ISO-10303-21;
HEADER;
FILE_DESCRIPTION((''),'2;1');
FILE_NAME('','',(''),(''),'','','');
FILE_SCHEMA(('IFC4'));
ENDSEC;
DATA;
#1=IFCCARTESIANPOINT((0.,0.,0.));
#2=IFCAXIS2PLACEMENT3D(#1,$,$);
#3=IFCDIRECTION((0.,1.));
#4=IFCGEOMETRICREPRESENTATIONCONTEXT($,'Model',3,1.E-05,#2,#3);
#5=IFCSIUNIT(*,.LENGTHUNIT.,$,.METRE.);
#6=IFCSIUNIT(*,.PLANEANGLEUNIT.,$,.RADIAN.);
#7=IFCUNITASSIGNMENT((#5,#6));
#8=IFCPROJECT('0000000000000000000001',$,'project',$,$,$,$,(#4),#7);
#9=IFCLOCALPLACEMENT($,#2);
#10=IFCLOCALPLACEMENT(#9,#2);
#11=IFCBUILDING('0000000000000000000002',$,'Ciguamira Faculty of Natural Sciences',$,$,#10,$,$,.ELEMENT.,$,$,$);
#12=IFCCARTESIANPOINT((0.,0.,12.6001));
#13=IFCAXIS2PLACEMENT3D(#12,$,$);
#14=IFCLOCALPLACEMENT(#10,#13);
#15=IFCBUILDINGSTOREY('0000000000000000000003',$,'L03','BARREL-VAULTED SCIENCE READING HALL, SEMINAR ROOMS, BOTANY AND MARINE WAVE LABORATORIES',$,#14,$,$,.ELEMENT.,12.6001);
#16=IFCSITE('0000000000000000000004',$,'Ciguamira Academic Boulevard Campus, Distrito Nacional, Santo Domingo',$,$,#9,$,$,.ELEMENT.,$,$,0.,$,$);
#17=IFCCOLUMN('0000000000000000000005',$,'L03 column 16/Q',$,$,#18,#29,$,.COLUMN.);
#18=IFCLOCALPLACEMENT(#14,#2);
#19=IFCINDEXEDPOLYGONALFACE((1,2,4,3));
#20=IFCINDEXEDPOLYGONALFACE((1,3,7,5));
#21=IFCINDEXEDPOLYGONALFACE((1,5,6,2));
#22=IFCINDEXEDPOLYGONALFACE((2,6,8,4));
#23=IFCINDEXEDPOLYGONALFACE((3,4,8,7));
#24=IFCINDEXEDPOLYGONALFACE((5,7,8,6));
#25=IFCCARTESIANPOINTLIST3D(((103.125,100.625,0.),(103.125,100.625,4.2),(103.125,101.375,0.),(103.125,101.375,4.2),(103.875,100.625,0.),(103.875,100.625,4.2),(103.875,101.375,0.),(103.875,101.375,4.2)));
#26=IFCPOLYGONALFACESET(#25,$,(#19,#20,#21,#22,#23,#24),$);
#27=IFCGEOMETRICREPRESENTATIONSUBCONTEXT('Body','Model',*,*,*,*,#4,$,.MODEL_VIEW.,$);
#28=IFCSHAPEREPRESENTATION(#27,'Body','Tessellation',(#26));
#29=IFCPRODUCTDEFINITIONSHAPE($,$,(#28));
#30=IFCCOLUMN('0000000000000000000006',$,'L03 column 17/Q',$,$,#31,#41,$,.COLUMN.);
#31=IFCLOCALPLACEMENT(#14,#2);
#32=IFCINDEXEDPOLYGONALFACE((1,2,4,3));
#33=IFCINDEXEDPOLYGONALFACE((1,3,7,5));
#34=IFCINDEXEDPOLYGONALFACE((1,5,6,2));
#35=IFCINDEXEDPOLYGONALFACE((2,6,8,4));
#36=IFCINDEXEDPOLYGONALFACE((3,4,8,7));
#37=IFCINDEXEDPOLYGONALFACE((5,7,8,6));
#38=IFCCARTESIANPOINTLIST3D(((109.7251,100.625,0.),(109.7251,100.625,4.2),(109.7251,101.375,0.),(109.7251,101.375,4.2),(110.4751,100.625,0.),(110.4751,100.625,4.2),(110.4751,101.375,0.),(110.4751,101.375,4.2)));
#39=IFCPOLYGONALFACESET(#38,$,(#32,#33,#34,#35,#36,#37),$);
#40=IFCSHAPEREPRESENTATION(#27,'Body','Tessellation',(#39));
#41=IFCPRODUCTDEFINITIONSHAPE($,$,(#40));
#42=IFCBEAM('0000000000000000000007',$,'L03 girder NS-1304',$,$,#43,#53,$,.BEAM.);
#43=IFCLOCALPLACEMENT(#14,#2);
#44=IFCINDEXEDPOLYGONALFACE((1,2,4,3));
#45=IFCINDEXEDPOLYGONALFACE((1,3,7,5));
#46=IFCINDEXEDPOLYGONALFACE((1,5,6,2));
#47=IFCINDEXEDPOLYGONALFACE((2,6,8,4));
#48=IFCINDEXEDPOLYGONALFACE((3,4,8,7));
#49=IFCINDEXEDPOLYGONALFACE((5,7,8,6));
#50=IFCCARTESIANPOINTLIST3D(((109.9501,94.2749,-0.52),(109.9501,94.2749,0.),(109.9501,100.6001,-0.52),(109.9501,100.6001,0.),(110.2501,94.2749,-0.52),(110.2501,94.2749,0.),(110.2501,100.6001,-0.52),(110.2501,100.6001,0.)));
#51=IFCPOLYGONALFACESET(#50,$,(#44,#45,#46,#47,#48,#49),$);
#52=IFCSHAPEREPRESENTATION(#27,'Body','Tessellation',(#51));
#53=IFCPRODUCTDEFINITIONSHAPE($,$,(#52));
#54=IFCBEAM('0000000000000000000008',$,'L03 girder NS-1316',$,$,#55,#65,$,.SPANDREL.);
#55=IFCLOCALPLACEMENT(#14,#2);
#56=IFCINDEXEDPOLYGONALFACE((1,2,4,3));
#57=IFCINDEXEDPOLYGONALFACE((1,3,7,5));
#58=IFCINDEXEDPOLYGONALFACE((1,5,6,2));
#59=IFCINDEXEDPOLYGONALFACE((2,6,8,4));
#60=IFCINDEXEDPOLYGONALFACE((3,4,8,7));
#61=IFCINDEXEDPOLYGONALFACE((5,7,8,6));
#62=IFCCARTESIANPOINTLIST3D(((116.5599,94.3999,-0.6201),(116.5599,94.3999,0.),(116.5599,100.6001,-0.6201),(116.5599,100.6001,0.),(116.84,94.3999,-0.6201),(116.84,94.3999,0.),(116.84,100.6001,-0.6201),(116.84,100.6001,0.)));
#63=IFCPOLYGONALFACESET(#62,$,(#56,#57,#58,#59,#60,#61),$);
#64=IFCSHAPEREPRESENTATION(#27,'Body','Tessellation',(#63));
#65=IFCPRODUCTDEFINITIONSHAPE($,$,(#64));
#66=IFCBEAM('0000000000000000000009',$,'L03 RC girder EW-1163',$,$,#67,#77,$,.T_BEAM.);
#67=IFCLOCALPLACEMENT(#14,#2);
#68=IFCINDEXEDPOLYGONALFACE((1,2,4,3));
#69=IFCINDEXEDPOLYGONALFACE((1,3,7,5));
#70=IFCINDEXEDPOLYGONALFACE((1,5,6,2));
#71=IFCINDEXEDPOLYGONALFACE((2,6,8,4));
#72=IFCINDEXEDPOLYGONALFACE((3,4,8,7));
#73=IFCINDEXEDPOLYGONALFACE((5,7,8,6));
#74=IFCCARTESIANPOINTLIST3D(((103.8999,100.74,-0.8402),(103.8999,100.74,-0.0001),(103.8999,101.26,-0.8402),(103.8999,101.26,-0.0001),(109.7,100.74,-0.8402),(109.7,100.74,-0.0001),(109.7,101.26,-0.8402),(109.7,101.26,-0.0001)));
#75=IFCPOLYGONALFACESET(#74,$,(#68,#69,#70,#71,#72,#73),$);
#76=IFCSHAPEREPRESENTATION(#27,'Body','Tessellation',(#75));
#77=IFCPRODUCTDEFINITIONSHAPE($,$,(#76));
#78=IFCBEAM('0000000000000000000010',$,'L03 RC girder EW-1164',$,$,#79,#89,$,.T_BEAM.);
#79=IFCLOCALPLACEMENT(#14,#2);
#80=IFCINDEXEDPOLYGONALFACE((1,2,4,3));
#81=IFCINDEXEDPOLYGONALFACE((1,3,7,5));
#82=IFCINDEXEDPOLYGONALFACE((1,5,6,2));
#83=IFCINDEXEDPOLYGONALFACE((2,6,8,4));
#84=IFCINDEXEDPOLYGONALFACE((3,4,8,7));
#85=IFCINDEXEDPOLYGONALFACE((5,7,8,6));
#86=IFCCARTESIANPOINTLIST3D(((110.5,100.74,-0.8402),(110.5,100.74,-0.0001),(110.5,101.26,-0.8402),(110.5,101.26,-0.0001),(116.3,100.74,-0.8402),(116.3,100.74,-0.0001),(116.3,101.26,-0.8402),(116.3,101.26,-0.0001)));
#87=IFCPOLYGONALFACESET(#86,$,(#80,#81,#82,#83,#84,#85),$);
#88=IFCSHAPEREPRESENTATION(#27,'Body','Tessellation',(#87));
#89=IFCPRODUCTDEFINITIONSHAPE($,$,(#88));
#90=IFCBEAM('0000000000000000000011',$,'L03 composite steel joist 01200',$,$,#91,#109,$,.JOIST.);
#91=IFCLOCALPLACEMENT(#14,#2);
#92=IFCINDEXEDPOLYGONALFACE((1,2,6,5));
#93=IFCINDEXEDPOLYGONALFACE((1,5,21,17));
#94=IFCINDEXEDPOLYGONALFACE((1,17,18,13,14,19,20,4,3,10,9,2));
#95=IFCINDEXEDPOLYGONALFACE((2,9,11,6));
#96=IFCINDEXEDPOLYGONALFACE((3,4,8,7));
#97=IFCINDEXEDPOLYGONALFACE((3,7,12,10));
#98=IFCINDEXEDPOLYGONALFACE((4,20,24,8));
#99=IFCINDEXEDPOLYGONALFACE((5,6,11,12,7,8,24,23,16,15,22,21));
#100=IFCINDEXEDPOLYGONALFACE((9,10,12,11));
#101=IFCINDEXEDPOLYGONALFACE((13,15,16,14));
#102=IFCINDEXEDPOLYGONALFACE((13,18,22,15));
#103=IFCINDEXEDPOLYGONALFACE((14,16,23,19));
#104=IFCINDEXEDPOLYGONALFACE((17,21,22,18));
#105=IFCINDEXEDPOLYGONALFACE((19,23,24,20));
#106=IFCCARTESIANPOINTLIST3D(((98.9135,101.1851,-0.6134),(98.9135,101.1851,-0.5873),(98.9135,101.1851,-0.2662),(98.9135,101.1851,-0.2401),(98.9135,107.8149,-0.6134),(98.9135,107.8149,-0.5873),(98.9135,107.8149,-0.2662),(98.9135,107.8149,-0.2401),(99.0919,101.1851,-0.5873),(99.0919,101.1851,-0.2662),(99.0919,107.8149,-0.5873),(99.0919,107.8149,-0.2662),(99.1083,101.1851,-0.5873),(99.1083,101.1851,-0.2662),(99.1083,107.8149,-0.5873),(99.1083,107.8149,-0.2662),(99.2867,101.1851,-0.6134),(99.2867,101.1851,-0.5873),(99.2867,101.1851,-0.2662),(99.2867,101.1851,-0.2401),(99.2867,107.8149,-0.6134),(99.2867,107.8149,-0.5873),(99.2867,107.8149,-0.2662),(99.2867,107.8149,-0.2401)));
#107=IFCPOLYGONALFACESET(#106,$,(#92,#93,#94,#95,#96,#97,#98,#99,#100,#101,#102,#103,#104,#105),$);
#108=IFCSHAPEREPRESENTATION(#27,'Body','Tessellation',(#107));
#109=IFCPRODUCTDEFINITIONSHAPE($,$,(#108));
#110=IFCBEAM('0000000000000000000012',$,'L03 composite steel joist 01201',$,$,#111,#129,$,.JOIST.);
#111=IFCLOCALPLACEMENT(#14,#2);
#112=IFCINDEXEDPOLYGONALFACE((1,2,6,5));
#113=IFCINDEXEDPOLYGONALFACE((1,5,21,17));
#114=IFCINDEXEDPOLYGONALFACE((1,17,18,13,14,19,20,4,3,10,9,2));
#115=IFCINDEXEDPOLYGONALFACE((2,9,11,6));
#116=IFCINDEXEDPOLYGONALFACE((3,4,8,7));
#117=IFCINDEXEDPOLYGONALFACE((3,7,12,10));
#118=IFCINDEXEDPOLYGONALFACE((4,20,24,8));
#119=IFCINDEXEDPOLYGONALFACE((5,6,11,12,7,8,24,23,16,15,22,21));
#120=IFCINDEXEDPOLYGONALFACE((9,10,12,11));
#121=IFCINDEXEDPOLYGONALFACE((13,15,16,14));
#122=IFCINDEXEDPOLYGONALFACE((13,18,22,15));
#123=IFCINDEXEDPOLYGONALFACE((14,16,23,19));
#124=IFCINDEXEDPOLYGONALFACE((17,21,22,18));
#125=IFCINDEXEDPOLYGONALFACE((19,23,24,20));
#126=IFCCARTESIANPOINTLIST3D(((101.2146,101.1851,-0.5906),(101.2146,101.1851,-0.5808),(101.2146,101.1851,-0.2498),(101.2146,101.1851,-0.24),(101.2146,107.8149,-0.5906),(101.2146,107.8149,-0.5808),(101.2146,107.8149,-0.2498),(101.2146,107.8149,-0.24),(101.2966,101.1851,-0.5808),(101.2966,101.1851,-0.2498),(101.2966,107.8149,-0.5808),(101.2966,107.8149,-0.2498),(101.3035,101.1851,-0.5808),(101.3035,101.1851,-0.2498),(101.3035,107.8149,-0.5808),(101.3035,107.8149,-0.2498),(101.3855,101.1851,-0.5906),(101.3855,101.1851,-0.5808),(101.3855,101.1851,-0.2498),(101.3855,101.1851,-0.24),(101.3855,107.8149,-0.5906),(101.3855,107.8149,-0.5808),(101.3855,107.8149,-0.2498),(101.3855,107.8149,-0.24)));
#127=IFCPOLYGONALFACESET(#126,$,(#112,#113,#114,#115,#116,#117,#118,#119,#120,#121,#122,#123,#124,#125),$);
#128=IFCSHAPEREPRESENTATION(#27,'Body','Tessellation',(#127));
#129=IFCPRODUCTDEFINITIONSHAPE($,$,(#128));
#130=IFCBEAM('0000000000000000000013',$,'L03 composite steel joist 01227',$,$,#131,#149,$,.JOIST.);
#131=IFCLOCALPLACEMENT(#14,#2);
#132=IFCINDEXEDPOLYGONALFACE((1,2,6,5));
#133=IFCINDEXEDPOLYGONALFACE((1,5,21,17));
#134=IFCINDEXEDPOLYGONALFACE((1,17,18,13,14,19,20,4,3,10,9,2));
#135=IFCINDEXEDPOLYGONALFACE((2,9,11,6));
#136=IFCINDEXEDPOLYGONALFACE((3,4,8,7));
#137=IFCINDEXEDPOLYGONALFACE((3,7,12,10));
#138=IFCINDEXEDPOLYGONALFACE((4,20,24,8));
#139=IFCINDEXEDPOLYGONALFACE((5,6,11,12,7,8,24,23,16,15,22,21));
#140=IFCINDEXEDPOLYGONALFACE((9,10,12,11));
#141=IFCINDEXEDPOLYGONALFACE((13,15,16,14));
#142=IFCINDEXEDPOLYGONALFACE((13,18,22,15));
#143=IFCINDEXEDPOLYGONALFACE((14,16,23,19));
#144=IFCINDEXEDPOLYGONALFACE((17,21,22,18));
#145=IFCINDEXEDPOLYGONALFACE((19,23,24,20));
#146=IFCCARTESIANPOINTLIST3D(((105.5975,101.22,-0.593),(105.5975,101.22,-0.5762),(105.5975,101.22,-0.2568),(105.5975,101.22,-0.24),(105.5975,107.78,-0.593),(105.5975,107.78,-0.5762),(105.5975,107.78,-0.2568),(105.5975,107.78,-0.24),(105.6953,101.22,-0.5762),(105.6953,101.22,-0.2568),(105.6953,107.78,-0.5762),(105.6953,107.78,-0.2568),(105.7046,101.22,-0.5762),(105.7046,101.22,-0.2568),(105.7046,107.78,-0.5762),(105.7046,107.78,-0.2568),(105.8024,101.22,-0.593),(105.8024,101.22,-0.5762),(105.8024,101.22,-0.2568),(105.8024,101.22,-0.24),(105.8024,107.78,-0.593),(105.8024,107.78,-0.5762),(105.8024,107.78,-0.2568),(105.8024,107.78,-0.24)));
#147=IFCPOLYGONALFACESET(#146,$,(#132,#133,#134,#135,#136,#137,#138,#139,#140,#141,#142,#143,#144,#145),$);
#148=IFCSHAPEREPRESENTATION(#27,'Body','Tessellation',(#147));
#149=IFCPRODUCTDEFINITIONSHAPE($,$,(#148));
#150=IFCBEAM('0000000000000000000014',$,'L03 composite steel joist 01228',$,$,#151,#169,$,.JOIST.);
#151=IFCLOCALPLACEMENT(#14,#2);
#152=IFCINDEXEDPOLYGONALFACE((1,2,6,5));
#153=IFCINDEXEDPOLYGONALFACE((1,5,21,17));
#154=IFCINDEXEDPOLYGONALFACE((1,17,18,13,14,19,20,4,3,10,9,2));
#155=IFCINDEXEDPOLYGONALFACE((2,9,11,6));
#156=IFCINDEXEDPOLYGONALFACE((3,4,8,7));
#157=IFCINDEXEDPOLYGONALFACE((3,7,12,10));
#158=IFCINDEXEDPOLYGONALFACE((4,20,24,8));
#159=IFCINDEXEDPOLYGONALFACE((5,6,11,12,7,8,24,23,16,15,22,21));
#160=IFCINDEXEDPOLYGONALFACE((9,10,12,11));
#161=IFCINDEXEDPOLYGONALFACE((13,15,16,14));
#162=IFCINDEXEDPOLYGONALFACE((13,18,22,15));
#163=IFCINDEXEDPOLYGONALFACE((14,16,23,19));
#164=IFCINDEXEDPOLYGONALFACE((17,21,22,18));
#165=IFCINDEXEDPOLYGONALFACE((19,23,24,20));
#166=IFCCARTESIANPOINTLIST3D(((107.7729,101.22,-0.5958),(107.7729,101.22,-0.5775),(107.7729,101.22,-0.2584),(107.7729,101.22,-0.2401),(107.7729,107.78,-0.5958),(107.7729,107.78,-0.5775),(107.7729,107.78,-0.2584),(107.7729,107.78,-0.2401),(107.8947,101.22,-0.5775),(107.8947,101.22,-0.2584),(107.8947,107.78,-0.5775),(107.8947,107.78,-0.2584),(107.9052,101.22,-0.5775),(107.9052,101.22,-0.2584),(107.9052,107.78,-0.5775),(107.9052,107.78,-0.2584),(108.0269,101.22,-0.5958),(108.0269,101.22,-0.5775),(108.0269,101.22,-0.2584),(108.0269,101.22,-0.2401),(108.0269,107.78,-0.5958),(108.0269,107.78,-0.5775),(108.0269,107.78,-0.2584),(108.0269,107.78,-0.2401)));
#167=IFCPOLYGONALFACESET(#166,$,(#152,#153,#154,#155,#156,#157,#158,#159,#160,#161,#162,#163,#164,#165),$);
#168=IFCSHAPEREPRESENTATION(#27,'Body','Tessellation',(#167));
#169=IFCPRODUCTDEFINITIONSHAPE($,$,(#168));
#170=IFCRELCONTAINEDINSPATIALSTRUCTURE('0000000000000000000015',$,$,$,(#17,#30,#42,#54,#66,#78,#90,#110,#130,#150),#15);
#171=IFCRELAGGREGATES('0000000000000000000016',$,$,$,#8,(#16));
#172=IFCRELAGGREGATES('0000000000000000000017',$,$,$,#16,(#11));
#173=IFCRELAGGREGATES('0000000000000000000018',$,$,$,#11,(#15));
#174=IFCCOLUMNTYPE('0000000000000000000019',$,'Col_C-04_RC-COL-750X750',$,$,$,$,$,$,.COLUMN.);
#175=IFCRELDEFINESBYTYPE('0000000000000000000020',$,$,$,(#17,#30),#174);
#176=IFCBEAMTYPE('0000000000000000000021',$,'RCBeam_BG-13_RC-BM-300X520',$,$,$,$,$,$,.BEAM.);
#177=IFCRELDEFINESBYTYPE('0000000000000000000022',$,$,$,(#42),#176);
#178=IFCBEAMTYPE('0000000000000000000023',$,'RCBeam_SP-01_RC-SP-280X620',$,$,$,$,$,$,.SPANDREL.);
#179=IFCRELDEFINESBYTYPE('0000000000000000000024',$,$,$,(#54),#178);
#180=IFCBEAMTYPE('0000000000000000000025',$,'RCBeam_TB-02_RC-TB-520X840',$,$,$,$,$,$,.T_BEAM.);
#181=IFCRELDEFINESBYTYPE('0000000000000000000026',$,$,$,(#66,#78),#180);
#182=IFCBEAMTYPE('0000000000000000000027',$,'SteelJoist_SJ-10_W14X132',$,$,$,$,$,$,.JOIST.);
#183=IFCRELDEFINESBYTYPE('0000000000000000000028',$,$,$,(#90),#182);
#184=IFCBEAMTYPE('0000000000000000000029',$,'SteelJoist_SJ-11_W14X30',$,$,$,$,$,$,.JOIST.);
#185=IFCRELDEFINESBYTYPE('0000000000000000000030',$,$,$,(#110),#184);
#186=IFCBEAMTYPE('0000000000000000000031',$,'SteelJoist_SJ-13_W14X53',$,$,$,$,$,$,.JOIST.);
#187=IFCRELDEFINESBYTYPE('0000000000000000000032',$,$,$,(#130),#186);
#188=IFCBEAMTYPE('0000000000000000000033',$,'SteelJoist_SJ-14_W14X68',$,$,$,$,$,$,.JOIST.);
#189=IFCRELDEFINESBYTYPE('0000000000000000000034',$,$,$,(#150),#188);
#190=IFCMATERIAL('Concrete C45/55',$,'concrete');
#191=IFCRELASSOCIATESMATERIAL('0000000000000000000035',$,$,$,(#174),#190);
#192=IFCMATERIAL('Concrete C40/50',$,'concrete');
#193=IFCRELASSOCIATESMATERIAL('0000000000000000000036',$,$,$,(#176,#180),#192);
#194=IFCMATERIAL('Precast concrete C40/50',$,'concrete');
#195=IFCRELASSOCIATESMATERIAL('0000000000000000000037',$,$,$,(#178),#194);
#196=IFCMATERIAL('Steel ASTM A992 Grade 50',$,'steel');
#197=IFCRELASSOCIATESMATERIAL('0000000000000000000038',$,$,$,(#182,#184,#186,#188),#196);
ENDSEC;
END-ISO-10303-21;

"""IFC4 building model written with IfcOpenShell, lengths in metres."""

from ifc_helpers import new_model, si_unit, direction, frame, origin, origin_2d, place, context, subcontext, project, spatial, rectangle, i_section, extrude, material, material_profile, profile_set, type_object, element, save


model = new_model("IFC4")

# Units and contexts
model_context = context("Model", 3, precision=1e-05, world=origin(), true_north=direction((0.0, 1.0)))
body_context = subcontext(model_context, "Body", "Model", "MODEL_VIEW")
ifc_project = project(units=[si_unit("LENGTHUNIT", "METRE"), si_unit("PLANEANGLEUNIT", "RADIAN")], contexts=[model_context])

# Site, building, storey
site_placement = place(None, origin())
site = spatial("IfcSite", under=ifc_project, at=site_placement, Name="Ciguamira Academic Boulevard Campus, Distrito Nacional, Santo Domingo", CompositionType="ELEMENT", RefElevation=0.0)
building_placement = place(site_placement, origin())
building = spatial("IfcBuilding", under=site, at=building_placement, Name="Ciguamira Faculty of Natural Sciences", CompositionType="ELEMENT")
storey_placement = place(building_placement, frame((0.0, 0.0, 12.6001)))
storey = spatial("IfcBuildingStorey", under=building, at=storey_placement, Name="L03", Description="BARREL-VAULTED SCIENCE READING HALL, SEMINAR ROOMS, BOTANY AND MARINE WAVE LABORATORIES", CompositionType="ELEMENT", Elevation=12.6001)

# Columns
ifc_material_1 = material(Name="Concrete C45/55", Category="concrete")
ifc_material_profile_1 = material_profile(ifc_material_1, rectangle(XDim=0.75, YDim=0.75, at=origin_2d()), Name="RC-COL-750X750")
ifc_profile_set_1 = profile_set([ifc_material_profile_1], Name="Concrete C45/55")
column_type = type_object("IfcColumnType", Name="Col_C-04_RC-COL-750X750", PredefinedType="COLUMN", material=ifc_profile_set_1)
for number, where, z_axis, x_axis, name in (
    (1, (103.5, 101.0, 0.0), (0.0, 0.0, 1.0), (1.0, 0.0, 0.0), "L03 column 16/Q"),
    (2, (110.1001, 101.0, 0.0), (0.0, 0.0, 1.0), (1.0, 0.0, 0.0), "L03 column 17/Q"),
):
    element("IfcColumn", number, at=place(storey_placement, frame(where, z_axis=z_axis, x_axis=x_axis)), inside=storey, type_object=column_type, Name=name, PredefinedType="COLUMN", context=body_context, shape_type="SweptSolid", body=[
        extrude(rectangle(XDim=0.75, YDim=0.75, at=origin_2d()), origin(), (0.0, 0.0, 1.0), 4.2),
    ])

# Beams
ifc_material_2 = material(Name="Concrete C40/50", Category="concrete")
ifc_material_profile_2 = material_profile(ifc_material_2, rectangle(XDim=0.3, YDim=0.52, at=origin_2d()), Name="RC-BM-300X520")
ifc_profile_set_2 = profile_set([ifc_material_profile_2], Name="Concrete C40/50")
beam_type_1 = type_object("IfcBeamType", Name="RCBeam_BG-13_RC-BM-300X520", PredefinedType="BEAM", material=ifc_profile_set_2)
beam_1_placement = place(storey_placement, frame((110.1001, 94.2749, -0.26), z_axis=(0.0, 1.0, 0.0), x_axis=(-1.0, 0.0, 0.0)))
element("IfcBeam", 3, at=beam_1_placement, inside=storey, type_object=beam_type_1, Name="L03 girder NS-1304", PredefinedType="BEAM", context=body_context, shape_type="SweptSolid", body=[
    extrude(rectangle(XDim=0.3, YDim=0.52, at=origin_2d()), origin(), (0.0, 0.0, 1.0), 6.3252),
])
ifc_material_3 = material(Name="Precast concrete C40/50", Category="concrete")
ifc_material_profile_3 = material_profile(ifc_material_3, rectangle(XDim=0.28, YDim=0.6201, at=origin_2d()), Name="RC-SP-280X620")
ifc_profile_set_3 = profile_set([ifc_material_profile_3], Name="Precast concrete C40/50")
beam_type_2 = type_object("IfcBeamType", Name="RCBeam_SP-01_RC-SP-280X620", PredefinedType="SPANDREL", material=ifc_profile_set_3)
beam_2_placement = place(storey_placement, frame((116.7, 94.3999, -0.3101), z_axis=(0.0, 1.0, 0.0), x_axis=(-1.0, 0.0, 0.0)))
element("IfcBeam", 4, at=beam_2_placement, inside=storey, type_object=beam_type_2, Name="L03 girder NS-1316", PredefinedType="SPANDREL", context=body_context, shape_type="SweptSolid", body=[
    extrude(rectangle(XDim=0.28, YDim=0.6201, at=origin_2d()), origin(), (0.0, 0.0, 1.0), 6.2002),
])
ifc_material_profile_4 = material_profile(ifc_material_2, rectangle(XDim=0.52, YDim=0.8401, at=origin_2d()), Name="RC-TB-520X840")
ifc_profile_set_4 = profile_set([ifc_material_profile_4], Name="Concrete C40/50")
beam_type_3 = type_object("IfcBeamType", Name="RCBeam_TB-02_RC-TB-520X840", PredefinedType="T_BEAM", material=ifc_profile_set_4)
for number, where, z_axis, x_axis, name in (
    (5, (103.8999, 101.0, -0.4202), (1.0, 0.0, 0.0), (0.0, 1.0, 0.0), "L03 RC girder EW-1163"),
    (6, (110.5, 101.0, -0.4202), (1.0, 0.0, 0.0), (0.0, 1.0, 0.0), "L03 RC girder EW-1164"),
):
    element("IfcBeam", number, at=place(storey_placement, frame(where, z_axis=z_axis, x_axis=x_axis)), inside=storey, type_object=beam_type_3, Name=name, PredefinedType="T_BEAM", context=body_context, shape_type="SweptSolid", body=[
        extrude(rectangle(XDim=0.52, YDim=0.8401, at=origin_2d()), origin(), (0.0, 0.0, 1.0), 5.8),
    ])
ifc_material_4 = material(Name="Steel ASTM A992 Grade 50", Category="steel")
ifc_material_profile_5 = material_profile(ifc_material_4, i_section(OverallWidth=0.3733, OverallDepth=0.3733, WebThickness=0.0164, FlangeThickness=0.0261, at=origin_2d()), Name="W14X132")
ifc_profile_set_5 = profile_set([ifc_material_profile_5], Name="Steel ASTM A992 Grade 50")
beam_type_4 = type_object("IfcBeamType", Name="SteelJoist_SJ-10_W14X132", PredefinedType="JOIST", material=ifc_profile_set_5)
beam_3_placement = place(storey_placement, frame((99.1001, 101.1851, -0.4268), z_axis=(0.0, 1.0, 0.0), x_axis=(-1.0, 0.0, 0.0)))
element("IfcBeam", 7, at=beam_3_placement, inside=storey, type_object=beam_type_4, Name="L03 composite steel joist 01200", PredefinedType="JOIST", context=body_context, shape_type="SweptSolid", body=[
    extrude(i_section(OverallWidth=0.3733, OverallDepth=0.3733, WebThickness=0.0164, FlangeThickness=0.0261, at=origin_2d()), origin(), (0.0, 0.0, 1.0), 6.6299),
])
ifc_material_profile_6 = material_profile(ifc_material_4, i_section(OverallWidth=0.1709, OverallDepth=0.3506, WebThickness=0.0068, FlangeThickness=0.0098, at=origin_2d()), Name="W14X30")
ifc_profile_set_6 = profile_set([ifc_material_profile_6], Name="Steel ASTM A992 Grade 50")
beam_type_5 = type_object("IfcBeamType", Name="SteelJoist_SJ-11_W14X30", PredefinedType="JOIST", material=ifc_profile_set_6)
beam_4_placement = place(storey_placement, frame((101.3, 101.1851, -0.4153), z_axis=(0.0, 1.0, 0.0), x_axis=(-1.0, 0.0, 0.0)))
element("IfcBeam", 8, at=beam_4_placement, inside=storey, type_object=beam_type_5, Name="L03 composite steel joist 01201", PredefinedType="JOIST", context=body_context, shape_type="SweptSolid", body=[
    extrude(i_section(OverallWidth=0.1709, OverallDepth=0.3506, WebThickness=0.0068, FlangeThickness=0.0098, at=origin_2d()), origin(), (0.0, 0.0, 1.0), 6.6299),
])
ifc_material_profile_7 = material_profile(ifc_material_4, i_section(OverallWidth=0.2048, OverallDepth=0.353, WebThickness=0.0093, FlangeThickness=0.0168, at=origin_2d()), Name="W14X53")
ifc_profile_set_7 = profile_set([ifc_material_profile_7], Name="Steel ASTM A992 Grade 50")
beam_type_6 = type_object("IfcBeamType", Name="SteelJoist_SJ-13_W14X53", PredefinedType="JOIST", material=ifc_profile_set_7)
beam_5_placement = place(storey_placement, frame((105.7, 101.22, -0.4165), z_axis=(0.0, 1.0, 0.0), x_axis=(-1.0, 0.0, 0.0)))
element("IfcBeam", 9, at=beam_5_placement, inside=storey, type_object=beam_type_6, Name="L03 composite steel joist 01227", PredefinedType="JOIST", context=body_context, shape_type="SweptSolid", body=[
    extrude(i_section(OverallWidth=0.2048, OverallDepth=0.353, WebThickness=0.0093, FlangeThickness=0.0168, at=origin_2d()), origin(), (0.0, 0.0, 1.0), 6.5601),
])
ifc_material_profile_8 = material_profile(ifc_material_4, i_section(OverallWidth=0.2539, OverallDepth=0.3557, WebThickness=0.0105, FlangeThickness=0.0183, at=origin_2d()), Name="W14X68")
ifc_profile_set_8 = profile_set([ifc_material_profile_8], Name="Steel ASTM A992 Grade 50")
beam_type_7 = type_object("IfcBeamType", Name="SteelJoist_SJ-14_W14X68", PredefinedType="JOIST", material=ifc_profile_set_8)
beam_6_placement = place(storey_placement, frame((107.8999, 101.22, -0.418), z_axis=(0.0, 1.0, 0.0), x_axis=(-1.0, 0.0, 0.0)))
element("IfcBeam", 10, at=beam_6_placement, inside=storey, type_object=beam_type_7, Name="L03 composite steel joist 01228", PredefinedType="JOIST", context=body_context, shape_type="SweptSolid", body=[
    extrude(i_section(OverallWidth=0.2539, OverallDepth=0.3557, WebThickness=0.0105, FlangeThickness=0.0183, at=origin_2d()), origin(), (0.0, 0.0, 1.0), 6.5601),
])

save(model, "model.ifc")
